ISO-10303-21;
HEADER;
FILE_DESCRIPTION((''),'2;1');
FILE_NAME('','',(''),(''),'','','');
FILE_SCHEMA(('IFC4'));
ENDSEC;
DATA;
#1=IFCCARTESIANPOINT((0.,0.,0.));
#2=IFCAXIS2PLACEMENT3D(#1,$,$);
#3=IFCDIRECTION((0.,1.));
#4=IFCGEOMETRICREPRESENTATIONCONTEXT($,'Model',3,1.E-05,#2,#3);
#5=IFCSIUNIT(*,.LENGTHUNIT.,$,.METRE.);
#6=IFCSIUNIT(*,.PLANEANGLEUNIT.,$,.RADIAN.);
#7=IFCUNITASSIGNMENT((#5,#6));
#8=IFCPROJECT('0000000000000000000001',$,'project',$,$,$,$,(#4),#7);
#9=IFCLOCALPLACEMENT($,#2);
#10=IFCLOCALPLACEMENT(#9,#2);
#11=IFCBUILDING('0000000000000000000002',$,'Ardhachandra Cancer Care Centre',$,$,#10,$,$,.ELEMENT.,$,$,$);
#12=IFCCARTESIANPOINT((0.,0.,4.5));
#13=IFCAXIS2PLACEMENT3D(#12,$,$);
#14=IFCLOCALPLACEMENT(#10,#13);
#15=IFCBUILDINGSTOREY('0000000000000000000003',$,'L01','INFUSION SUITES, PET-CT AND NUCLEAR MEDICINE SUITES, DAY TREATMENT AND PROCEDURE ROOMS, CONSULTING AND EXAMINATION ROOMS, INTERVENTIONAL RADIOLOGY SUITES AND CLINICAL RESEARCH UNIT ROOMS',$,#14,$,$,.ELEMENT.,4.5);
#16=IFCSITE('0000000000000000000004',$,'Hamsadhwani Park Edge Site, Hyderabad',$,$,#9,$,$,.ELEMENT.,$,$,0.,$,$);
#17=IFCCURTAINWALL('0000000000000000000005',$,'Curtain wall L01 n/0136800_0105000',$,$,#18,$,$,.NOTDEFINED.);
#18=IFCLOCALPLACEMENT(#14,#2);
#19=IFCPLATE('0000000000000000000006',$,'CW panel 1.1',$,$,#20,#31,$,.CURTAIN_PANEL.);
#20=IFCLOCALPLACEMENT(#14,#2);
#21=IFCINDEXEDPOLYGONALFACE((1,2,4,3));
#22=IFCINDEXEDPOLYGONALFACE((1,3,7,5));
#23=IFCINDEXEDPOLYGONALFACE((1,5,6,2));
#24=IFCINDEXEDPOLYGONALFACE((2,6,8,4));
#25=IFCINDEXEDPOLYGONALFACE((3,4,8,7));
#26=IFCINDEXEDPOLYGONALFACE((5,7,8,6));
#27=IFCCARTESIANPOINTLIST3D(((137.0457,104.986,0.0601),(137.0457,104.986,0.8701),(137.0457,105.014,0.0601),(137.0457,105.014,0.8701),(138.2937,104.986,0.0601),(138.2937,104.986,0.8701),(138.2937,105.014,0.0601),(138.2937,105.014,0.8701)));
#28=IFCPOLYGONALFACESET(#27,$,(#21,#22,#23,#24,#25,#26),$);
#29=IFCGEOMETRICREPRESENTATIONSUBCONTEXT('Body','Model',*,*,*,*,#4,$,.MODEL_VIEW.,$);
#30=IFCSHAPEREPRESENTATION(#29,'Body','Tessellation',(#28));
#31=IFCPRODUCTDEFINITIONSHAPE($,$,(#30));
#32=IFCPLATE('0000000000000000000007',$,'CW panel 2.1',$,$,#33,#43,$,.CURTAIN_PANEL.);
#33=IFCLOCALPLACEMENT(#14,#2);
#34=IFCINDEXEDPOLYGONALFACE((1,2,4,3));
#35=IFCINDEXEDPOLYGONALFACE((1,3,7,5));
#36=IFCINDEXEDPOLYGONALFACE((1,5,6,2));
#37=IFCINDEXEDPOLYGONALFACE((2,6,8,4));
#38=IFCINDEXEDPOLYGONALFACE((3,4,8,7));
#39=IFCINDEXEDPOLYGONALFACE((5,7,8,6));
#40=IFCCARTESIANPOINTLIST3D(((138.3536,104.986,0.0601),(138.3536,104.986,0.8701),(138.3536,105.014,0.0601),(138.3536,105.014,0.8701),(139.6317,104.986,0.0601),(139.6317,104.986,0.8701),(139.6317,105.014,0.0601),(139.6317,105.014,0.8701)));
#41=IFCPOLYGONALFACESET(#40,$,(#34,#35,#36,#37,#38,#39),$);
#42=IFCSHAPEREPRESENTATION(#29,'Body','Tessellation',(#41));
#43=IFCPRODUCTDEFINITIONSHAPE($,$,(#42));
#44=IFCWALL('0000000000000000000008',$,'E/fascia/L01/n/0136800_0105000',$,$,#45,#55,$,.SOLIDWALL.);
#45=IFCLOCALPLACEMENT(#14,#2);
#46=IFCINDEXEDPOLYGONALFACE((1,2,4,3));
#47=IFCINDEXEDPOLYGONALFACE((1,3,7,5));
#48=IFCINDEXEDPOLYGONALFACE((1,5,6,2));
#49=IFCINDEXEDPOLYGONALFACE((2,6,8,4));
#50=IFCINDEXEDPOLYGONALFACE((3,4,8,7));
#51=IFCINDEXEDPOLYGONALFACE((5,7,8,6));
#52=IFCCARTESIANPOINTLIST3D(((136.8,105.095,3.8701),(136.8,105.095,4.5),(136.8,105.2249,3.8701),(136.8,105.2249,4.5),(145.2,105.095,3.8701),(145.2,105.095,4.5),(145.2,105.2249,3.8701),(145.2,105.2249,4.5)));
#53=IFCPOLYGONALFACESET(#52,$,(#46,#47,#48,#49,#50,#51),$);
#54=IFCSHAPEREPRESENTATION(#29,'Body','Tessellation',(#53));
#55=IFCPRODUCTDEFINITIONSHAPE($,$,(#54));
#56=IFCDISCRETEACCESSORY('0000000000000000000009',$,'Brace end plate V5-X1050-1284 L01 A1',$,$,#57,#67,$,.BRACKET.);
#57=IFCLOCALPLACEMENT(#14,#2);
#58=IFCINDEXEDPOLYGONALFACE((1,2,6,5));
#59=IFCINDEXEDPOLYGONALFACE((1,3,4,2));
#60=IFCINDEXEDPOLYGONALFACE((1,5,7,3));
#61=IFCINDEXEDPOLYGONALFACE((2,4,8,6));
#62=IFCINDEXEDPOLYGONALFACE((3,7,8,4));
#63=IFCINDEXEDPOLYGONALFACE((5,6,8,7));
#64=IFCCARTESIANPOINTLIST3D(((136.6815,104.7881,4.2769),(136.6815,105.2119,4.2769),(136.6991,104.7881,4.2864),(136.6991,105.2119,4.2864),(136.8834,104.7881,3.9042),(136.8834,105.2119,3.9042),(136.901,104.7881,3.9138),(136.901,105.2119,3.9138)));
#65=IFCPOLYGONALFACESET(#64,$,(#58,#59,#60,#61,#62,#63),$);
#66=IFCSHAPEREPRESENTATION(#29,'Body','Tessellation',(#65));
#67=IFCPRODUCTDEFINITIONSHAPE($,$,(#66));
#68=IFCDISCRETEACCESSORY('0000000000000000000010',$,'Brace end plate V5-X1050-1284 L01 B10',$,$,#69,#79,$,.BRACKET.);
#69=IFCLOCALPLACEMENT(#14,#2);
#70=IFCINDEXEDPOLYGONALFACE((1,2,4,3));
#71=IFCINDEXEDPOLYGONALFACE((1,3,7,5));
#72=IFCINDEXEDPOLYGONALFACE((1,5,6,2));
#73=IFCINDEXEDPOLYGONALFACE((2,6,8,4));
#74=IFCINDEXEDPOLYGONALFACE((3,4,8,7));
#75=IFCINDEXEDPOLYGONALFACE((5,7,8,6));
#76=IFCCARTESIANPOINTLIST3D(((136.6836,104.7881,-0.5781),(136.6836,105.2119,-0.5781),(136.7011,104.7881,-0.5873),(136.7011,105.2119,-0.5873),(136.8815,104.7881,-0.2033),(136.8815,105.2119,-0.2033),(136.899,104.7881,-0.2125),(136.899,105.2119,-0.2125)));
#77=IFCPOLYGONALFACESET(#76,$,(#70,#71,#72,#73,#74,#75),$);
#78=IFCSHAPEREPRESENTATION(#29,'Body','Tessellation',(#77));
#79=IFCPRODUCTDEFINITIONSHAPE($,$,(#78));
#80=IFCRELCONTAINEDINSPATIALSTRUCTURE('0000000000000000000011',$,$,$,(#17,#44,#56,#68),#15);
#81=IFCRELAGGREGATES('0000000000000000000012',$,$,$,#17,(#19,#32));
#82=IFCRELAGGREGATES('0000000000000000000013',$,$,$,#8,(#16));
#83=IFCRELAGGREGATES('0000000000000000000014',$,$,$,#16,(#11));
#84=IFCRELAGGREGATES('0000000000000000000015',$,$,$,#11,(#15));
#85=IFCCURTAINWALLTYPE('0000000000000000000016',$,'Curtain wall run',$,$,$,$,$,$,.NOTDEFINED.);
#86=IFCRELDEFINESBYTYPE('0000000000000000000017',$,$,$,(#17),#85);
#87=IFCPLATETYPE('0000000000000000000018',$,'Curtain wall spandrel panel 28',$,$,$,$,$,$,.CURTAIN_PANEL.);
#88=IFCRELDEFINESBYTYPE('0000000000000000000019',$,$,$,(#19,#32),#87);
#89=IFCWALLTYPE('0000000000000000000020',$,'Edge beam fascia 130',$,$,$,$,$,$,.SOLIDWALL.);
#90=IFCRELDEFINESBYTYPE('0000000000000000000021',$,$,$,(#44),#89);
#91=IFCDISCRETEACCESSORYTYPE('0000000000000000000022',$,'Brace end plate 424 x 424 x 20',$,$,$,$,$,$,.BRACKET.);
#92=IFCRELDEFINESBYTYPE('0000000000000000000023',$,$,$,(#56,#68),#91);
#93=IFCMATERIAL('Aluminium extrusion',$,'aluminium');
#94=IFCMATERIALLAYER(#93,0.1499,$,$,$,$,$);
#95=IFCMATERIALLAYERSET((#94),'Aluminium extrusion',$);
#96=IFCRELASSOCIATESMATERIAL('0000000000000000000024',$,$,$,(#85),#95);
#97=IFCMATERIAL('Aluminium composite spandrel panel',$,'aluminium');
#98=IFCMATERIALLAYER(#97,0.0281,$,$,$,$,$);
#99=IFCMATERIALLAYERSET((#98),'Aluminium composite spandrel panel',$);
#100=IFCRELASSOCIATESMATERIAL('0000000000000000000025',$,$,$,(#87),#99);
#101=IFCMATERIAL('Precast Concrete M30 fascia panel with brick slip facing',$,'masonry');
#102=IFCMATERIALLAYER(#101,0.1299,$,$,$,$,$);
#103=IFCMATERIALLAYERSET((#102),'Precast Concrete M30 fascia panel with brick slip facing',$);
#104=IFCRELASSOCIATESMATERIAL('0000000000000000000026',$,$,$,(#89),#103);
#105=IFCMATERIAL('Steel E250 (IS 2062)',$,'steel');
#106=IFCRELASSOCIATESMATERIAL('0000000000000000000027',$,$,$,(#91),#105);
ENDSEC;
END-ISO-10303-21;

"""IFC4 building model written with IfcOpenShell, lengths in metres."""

from ifc_helpers import new_model, si_unit, direction, frame, frame_2d, origin, origin_2d, place, context, subcontext, project, spatial, rectangle, extrude, material, layer, layer_set, material_profile, profile_set, type_object, element, aggregate, save


model = new_model("IFC4")

# Units and contexts
model_context = context("Model", 3, precision=1e-05, world=origin(), true_north=direction((0.0, 1.0)))
body_context = subcontext(model_context, "Body", "Model", "MODEL_VIEW")
ifc_project = project(units=[si_unit("LENGTHUNIT", "METRE"), si_unit("PLANEANGLEUNIT", "RADIAN")], contexts=[model_context])

# Site, building, storey
site_placement = place(None, origin())
site = spatial("IfcSite", under=ifc_project, at=site_placement, Name="Hamsadhwani Park Edge Site, Hyderabad", CompositionType="ELEMENT", RefElevation=0.0)
building_placement = place(site_placement, origin())
building = spatial("IfcBuilding", under=site, at=building_placement, Name="Ardhachandra Cancer Care Centre", CompositionType="ELEMENT")
storey_placement = place(building_placement, frame((0.0, 0.0, 4.5)))
storey = spatial("IfcBuildingStorey", under=building, at=storey_placement, Name="L01", Description="INFUSION SUITES, PET-CT AND NUCLEAR MEDICINE SUITES, DAY TREATMENT AND PROCEDURE ROOMS, CONSULTING AND EXAMINATION ROOMS, INTERVENTIONAL RADIOLOGY SUITES AND CLINICAL RESEARCH UNIT ROOMS", CompositionType="ELEMENT", Elevation=4.5)

# Curtain wall, plates
ifc_material_1 = material(Name="Aluminium extrusion", Category="aluminium")
ifc_layer_1 = layer(ifc_material_1, 0.1499)
ifc_layer_set_1 = layer_set([ifc_layer_1], Name="Aluminium extrusion")
curtain_wall_type = type_object("IfcCurtainWallType", Name="Curtain wall run", PredefinedType="NOTDEFINED", material=ifc_layer_set_1)
curtain_wall_placement = place(storey_placement, origin())
curtain_wall = element("IfcCurtainWall", 1, at=curtain_wall_placement, inside=storey, type_object=curtain_wall_type, Name="Curtain wall L01 n/0136800_0105000", PredefinedType="NOTDEFINED")
ifc_material_2 = material(Name="Aluminium composite spandrel panel", Category="aluminium")
ifc_layer_2 = layer(ifc_material_2, 0.0281)
ifc_layer_set_2 = layer_set([ifc_layer_2], Name="Aluminium composite spandrel panel")
plate_type_1 = type_object("IfcPlateType", Name="Curtain wall spandrel panel 28", PredefinedType="CURTAIN_PANEL", material=ifc_layer_set_2)
plate_1_placement = place(storey_placement, frame((137.6697, 105.0, 0.0601), z_axis=(0.0, 0.0, 1.0), x_axis=(1.0, 0.0, 0.0)))
plate_1 = element("IfcPlate", 2, at=plate_1_placement, type_object=plate_type_1, Name="CW panel 1.1", PredefinedType="CURTAIN_PANEL", context=body_context, shape_type="SweptSolid", body=[
    extrude(rectangle(XDim=1.248, YDim=0.0281, at=origin_2d()), origin(), (0.0, 0.0, 1.0), 0.8101),
])
plate_2_placement = place(storey_placement, frame((138.9927, 105.0, 0.0601), z_axis=(0.0, 0.0, 1.0), x_axis=(1.0, 0.0, 0.0)))
plate_2 = element("IfcPlate", 3, at=plate_2_placement, type_object=plate_type_1, Name="CW panel 2.1", PredefinedType="CURTAIN_PANEL", context=body_context, shape_type="SweptSolid", body=[
    extrude(rectangle(XDim=1.2781, YDim=0.0281, at=origin_2d()), origin(), (0.0, 0.0, 1.0), 0.8101),
])
aggregate(curtain_wall, [plate_1, plate_2])

# Wall
ifc_material_3 = material(Name="Precast Concrete M30 fascia panel with brick slip facing", Category="masonry")
ifc_layer_3 = layer(ifc_material_3, 0.1299)
ifc_layer_set_3 = layer_set([ifc_layer_3], Name="Precast Concrete M30 fascia panel with brick slip facing")
wall_type = type_object("IfcWallType", Name="Edge beam fascia 130", PredefinedType="SOLIDWALL", material=ifc_layer_set_3)
wall_placement = place(storey_placement, frame((136.8, 105.1599, 3.8701), z_axis=(0.0, 0.0, 1.0), x_axis=(1.0, 0.0, 0.0)))
element("IfcWall", 4, at=wall_placement, inside=storey, type_object=wall_type, Name="E/fascia/L01/n/0136800_0105000", PredefinedType="SOLIDWALL", context=body_context, shape_type="SweptSolid", body=[
    extrude(rectangle(XDim=8.3999, YDim=0.1299, at=frame_2d((4.2, 0.0))), origin(), (0.0, 0.0, 1.0), 0.6299),
])

# Discrete accessories
ifc_material_4 = material(Name="Steel E250 (IS 2062)", Category="steel")
ifc_material_profile_1 = material_profile(ifc_material_4, rectangle(XDim=0.4238, YDim=0.4238, at=origin_2d()), Name="PL 424x424x20")
ifc_profile_set_1 = profile_set([ifc_material_profile_1], Name="Steel E250 (IS 2062)")
discrete_accessory_type = type_object("IfcDiscreteAccessoryType", Name="Brace end plate 424 x 424 x 20", PredefinedType="BRACKET", material=ifc_profile_set_1)
discrete_accessory_1_placement = place(storey_placement, frame((136.8, 105.0, 4.1001), z_axis=(-0.879292, 0.0, -0.476283), x_axis=(0.0, -1.0, 0.0)))
element("IfcDiscreteAccessory", 5, at=discrete_accessory_1_placement, inside=storey, type_object=discrete_accessory_type, Name="Brace end plate V5-X1050-1284 L01 A1", PredefinedType="BRACKET", context=body_context, shape_type="SweptSolid", body=[
    extrude(rectangle(XDim=0.4238, YDim=0.4238, at=origin_2d()), origin(), (0.0, 0.0, 1.0), 0.02),
])
discrete_accessory_2_placement = place(storey_placement, frame((136.8, 105.0, -0.3999), z_axis=(-0.884385, 0.0, 0.466759), x_axis=(0.0, -1.0, 0.0)))
element("IfcDiscreteAccessory", 6, at=discrete_accessory_2_placement, inside=storey, type_object=discrete_accessory_type, Name="Brace end plate V5-X1050-1284 L01 B10", PredefinedType="BRACKET", context=body_context, shape_type="SweptSolid", body=[
    extrude(rectangle(XDim=0.4238, YDim=0.4238, at=origin_2d()), origin(), (0.0, 0.0, 1.0), 0.0198),
])

save(model, "model.ifc")
